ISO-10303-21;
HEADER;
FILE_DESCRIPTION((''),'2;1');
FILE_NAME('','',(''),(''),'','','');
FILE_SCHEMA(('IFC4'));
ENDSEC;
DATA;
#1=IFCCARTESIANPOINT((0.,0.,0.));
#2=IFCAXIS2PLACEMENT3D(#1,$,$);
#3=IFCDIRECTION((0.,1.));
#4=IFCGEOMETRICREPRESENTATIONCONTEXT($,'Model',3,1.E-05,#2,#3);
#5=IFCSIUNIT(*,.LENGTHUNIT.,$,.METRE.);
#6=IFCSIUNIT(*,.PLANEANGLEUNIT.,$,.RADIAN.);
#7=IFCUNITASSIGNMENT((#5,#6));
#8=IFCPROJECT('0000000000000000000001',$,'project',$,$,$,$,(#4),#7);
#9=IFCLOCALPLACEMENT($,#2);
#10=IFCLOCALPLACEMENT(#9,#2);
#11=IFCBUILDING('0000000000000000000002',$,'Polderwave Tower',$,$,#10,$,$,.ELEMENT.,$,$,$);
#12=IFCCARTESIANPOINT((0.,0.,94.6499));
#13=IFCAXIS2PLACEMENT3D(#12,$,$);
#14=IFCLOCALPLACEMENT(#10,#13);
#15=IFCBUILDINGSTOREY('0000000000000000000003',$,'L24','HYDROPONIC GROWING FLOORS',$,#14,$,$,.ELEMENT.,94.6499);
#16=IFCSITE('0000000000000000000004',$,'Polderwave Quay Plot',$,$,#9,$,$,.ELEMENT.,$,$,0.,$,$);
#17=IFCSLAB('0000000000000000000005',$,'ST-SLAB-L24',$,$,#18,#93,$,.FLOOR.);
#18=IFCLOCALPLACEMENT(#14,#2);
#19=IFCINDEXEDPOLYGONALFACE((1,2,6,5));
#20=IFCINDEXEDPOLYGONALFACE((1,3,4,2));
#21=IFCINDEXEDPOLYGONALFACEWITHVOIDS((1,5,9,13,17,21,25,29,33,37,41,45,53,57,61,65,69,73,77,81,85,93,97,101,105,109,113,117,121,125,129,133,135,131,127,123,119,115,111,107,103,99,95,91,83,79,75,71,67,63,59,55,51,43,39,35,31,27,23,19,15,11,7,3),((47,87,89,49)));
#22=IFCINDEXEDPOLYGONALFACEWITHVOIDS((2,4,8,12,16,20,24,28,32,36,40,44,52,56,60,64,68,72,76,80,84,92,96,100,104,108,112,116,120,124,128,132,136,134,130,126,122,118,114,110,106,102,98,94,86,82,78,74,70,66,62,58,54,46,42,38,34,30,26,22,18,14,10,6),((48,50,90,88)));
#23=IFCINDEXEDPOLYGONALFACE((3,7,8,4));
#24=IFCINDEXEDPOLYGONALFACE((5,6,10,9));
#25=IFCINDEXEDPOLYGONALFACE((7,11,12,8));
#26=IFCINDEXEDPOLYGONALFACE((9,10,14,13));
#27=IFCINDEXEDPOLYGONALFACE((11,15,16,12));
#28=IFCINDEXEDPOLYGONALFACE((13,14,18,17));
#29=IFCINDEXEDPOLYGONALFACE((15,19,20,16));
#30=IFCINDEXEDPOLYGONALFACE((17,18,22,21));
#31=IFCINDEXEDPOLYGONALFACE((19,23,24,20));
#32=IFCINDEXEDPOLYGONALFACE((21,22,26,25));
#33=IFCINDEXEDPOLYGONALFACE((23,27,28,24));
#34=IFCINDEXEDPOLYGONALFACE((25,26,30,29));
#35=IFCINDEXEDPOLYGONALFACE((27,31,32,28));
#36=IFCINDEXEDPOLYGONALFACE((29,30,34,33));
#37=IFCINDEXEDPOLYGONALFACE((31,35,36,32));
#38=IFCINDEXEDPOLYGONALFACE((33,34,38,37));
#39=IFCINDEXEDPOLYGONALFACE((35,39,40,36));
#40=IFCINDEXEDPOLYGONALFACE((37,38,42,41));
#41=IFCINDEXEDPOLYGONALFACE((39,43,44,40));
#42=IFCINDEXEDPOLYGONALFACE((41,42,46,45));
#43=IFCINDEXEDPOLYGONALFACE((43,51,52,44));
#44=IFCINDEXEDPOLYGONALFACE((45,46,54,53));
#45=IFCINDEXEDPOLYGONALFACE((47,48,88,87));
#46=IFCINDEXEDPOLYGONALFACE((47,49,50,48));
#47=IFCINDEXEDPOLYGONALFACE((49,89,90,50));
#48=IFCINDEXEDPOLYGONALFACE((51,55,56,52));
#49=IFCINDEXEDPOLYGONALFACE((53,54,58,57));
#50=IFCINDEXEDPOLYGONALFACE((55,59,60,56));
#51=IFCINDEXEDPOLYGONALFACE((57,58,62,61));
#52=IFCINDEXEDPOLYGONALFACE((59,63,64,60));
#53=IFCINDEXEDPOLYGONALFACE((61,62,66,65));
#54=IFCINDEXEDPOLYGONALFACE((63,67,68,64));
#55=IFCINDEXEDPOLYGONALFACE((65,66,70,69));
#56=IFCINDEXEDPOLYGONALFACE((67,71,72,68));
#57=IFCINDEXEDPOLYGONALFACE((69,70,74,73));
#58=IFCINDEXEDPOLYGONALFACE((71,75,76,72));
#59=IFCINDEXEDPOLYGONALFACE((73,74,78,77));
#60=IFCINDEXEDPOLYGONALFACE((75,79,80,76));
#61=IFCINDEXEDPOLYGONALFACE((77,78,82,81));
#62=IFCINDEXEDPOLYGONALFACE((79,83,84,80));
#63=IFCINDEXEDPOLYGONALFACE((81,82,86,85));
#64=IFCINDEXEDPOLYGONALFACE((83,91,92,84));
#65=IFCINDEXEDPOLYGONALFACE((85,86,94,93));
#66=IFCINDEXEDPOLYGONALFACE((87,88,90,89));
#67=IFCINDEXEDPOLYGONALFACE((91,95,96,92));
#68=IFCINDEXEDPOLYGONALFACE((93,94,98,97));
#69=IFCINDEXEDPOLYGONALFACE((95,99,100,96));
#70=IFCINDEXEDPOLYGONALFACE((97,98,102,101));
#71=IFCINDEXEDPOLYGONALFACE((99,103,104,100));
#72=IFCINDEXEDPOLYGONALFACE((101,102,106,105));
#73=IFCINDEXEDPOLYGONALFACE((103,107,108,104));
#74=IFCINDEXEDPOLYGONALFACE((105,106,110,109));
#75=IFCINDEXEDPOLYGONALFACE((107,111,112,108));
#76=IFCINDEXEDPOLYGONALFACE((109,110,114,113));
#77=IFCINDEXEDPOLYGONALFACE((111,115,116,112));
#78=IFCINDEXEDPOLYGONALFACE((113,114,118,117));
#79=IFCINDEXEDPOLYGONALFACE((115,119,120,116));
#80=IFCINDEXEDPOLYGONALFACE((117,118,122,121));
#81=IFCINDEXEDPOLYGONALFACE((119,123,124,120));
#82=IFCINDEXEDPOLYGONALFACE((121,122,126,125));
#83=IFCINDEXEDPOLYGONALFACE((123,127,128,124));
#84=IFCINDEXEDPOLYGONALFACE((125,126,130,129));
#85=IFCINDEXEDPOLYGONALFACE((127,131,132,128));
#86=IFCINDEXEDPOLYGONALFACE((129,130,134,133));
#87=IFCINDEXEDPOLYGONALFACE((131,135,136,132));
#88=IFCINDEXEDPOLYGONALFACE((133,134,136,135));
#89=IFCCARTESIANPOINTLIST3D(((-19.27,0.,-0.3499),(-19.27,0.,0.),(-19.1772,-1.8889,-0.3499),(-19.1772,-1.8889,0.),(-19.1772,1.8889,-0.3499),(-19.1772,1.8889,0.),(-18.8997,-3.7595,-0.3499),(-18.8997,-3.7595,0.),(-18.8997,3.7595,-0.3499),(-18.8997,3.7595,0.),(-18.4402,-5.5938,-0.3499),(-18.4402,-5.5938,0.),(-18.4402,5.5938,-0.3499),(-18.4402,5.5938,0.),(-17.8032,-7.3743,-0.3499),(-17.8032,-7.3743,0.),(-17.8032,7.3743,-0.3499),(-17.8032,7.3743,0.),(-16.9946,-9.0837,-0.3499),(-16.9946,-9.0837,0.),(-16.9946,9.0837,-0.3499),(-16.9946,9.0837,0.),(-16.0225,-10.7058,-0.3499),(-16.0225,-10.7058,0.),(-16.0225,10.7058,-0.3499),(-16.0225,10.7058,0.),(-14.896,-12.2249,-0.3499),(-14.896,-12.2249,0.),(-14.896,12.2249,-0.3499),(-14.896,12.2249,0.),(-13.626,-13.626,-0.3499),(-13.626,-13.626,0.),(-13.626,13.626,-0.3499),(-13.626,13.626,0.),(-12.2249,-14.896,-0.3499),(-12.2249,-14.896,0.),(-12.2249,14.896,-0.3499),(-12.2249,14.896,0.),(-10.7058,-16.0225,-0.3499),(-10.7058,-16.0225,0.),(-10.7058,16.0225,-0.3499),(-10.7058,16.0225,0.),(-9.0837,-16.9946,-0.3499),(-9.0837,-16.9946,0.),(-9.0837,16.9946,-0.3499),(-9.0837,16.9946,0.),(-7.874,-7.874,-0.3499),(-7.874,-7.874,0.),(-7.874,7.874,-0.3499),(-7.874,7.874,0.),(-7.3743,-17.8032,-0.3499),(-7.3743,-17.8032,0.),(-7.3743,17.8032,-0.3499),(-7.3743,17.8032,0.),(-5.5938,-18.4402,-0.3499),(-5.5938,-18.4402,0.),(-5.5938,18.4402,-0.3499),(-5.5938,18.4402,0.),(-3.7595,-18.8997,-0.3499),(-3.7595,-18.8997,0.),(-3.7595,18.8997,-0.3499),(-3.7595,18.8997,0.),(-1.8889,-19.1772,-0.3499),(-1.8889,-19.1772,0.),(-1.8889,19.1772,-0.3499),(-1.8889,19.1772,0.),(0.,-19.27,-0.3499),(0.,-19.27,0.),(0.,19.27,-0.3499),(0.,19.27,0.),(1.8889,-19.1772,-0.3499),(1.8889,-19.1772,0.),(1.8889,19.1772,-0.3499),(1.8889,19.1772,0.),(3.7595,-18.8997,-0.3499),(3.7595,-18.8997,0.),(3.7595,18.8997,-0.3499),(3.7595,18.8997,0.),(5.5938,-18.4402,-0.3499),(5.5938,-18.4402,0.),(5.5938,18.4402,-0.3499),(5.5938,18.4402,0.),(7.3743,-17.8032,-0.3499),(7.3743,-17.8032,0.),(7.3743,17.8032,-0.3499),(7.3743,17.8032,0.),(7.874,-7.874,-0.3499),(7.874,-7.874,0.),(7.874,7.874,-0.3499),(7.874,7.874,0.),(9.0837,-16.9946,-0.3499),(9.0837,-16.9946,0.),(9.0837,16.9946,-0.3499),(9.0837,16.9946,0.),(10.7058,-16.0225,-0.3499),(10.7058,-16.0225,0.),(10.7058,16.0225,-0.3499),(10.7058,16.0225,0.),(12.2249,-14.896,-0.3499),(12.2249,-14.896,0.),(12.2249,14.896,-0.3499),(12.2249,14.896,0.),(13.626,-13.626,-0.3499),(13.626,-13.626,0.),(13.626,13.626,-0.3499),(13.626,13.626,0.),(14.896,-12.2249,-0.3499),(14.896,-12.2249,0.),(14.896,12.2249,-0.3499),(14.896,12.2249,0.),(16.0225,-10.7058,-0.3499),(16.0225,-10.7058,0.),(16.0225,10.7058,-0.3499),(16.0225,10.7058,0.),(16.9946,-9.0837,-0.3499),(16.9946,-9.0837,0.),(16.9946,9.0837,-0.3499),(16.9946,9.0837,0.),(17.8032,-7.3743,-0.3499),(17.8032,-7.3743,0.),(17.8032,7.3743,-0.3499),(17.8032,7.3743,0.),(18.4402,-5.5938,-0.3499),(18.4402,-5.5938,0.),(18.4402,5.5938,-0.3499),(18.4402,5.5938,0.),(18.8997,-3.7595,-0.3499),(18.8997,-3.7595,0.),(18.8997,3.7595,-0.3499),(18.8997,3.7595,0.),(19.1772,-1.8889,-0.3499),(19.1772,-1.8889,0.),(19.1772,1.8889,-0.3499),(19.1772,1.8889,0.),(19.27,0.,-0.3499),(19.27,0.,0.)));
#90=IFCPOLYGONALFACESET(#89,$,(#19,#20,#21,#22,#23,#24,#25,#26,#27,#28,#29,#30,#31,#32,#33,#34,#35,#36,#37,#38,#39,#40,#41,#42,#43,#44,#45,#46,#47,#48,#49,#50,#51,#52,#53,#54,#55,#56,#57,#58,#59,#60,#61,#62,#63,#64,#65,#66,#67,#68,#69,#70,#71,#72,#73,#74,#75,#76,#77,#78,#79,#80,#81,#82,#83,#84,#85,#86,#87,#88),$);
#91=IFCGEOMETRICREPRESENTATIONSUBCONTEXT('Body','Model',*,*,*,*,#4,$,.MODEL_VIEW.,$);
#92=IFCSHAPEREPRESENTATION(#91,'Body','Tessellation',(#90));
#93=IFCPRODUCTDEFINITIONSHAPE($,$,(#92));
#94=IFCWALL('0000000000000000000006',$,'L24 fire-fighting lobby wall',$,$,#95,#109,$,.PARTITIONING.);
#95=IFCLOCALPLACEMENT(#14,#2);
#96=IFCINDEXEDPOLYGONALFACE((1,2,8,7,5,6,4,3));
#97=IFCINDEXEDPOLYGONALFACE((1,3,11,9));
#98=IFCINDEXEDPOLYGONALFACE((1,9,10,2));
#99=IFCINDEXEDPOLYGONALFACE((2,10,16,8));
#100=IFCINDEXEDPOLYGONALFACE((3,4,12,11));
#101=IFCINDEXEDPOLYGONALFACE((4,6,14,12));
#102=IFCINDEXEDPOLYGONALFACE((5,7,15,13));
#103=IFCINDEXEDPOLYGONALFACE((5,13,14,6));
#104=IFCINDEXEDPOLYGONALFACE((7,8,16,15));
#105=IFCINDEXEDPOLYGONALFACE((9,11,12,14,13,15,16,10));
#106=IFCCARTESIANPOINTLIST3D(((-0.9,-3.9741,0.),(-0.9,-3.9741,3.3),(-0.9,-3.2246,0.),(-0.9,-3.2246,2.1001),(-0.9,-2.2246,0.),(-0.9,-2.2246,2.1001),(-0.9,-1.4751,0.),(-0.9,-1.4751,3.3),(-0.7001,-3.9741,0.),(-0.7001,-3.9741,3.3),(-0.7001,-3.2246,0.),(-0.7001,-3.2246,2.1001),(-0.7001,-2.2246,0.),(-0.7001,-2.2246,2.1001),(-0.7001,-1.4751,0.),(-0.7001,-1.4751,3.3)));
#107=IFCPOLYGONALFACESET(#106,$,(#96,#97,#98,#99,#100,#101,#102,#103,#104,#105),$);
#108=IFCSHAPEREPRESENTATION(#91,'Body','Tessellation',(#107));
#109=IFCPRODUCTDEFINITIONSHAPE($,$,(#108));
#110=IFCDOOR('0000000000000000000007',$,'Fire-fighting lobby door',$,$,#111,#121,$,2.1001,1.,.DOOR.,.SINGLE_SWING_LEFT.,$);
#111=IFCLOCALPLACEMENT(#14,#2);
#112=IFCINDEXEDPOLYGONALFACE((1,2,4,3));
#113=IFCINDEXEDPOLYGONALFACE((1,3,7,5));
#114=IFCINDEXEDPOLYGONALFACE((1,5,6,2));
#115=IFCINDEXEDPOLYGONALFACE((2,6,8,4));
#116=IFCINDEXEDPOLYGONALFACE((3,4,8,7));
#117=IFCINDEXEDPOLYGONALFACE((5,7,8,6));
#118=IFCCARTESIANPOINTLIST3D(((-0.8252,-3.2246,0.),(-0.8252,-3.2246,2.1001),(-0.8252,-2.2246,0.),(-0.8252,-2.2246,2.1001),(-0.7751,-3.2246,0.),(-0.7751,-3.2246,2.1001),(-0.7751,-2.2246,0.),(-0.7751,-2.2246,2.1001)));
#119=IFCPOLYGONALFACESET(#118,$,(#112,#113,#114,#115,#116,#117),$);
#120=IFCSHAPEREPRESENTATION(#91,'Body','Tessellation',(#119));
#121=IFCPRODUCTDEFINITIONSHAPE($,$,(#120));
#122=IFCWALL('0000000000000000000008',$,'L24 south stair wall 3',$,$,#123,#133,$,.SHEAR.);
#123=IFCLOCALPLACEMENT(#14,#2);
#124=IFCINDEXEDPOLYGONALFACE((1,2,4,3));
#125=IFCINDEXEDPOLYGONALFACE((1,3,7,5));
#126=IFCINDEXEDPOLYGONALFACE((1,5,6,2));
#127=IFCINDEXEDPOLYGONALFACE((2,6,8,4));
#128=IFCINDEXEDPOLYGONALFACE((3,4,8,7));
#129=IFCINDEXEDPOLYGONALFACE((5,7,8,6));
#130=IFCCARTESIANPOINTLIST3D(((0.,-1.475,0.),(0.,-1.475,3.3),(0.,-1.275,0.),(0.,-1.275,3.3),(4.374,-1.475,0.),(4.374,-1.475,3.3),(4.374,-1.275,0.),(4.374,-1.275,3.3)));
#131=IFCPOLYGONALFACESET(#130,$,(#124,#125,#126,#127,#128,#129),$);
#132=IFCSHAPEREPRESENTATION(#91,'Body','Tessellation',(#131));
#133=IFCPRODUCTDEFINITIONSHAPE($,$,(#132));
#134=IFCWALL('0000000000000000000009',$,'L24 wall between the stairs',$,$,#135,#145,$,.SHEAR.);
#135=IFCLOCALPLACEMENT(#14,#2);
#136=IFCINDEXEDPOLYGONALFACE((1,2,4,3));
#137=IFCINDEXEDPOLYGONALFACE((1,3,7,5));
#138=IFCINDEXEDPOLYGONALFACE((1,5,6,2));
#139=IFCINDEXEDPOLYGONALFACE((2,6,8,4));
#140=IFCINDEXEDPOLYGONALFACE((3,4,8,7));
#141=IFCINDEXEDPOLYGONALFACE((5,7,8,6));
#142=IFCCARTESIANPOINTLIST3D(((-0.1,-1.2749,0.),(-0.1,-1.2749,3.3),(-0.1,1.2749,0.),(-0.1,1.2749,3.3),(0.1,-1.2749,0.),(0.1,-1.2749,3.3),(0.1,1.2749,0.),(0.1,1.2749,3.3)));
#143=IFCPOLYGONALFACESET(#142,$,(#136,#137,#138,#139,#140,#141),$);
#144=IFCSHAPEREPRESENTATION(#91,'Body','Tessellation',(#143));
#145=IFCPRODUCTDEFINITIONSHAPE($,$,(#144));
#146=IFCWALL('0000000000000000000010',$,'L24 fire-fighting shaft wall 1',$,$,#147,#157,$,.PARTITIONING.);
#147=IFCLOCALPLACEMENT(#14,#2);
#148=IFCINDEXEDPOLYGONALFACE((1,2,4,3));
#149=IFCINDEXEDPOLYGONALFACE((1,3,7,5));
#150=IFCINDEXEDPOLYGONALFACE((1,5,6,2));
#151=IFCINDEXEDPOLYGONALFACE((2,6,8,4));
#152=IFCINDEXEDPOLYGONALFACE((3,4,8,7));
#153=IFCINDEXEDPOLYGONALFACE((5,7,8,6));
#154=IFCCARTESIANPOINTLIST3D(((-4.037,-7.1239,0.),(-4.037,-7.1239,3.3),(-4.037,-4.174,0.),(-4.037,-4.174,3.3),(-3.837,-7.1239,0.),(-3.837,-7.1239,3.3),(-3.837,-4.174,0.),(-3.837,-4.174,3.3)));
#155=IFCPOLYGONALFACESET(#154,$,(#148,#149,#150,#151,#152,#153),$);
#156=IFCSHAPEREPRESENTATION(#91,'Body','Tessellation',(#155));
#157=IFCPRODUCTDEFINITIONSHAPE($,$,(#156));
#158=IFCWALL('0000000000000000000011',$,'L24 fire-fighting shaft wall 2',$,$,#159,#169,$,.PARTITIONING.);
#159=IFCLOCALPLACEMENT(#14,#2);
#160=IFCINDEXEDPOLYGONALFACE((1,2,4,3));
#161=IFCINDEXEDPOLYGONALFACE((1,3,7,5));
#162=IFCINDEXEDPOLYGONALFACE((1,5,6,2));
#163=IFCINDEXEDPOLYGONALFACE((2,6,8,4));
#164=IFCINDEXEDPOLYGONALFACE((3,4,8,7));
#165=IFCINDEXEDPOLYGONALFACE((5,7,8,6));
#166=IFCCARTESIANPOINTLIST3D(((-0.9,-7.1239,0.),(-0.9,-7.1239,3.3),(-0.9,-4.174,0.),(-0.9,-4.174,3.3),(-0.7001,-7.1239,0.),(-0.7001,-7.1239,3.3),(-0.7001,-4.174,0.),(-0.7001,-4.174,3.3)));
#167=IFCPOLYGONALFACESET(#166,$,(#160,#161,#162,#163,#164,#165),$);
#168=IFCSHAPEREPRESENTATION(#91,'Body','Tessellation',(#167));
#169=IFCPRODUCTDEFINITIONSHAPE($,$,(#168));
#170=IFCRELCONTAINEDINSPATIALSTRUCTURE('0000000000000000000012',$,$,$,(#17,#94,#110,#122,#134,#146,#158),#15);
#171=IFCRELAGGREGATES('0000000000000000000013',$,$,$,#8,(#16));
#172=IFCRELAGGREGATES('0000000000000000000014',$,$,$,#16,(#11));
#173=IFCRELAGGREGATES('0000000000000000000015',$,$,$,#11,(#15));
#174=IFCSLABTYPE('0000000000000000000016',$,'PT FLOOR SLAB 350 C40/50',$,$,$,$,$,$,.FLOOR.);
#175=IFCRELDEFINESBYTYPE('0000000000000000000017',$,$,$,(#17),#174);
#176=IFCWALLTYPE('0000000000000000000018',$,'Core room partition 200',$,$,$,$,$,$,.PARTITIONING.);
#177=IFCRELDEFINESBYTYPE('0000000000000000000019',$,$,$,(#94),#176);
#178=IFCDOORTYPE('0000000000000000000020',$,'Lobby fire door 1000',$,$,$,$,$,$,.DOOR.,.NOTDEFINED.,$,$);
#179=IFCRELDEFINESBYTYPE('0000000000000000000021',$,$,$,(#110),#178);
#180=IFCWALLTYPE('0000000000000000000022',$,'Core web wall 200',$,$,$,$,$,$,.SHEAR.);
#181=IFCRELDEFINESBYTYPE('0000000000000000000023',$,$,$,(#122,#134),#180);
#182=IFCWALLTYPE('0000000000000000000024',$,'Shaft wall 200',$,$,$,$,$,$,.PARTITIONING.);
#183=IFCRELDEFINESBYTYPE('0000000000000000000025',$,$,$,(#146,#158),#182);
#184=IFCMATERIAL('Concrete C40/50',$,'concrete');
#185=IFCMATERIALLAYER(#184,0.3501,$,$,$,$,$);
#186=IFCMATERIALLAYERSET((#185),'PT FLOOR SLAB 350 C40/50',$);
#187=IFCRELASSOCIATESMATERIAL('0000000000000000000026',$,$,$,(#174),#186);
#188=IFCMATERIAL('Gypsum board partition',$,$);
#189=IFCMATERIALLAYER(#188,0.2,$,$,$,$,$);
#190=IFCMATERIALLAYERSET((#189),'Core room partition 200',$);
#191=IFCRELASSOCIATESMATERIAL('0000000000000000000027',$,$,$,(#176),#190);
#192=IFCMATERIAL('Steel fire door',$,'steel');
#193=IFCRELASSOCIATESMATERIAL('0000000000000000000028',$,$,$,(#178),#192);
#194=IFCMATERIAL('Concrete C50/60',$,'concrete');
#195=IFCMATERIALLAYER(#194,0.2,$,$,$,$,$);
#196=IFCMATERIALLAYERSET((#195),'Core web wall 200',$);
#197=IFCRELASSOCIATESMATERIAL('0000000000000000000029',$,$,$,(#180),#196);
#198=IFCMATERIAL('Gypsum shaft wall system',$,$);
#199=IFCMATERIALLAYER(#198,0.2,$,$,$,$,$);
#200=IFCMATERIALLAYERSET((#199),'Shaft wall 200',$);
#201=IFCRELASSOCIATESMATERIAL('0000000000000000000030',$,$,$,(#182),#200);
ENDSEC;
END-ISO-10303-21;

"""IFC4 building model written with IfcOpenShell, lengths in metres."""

from ifc_helpers import new_model, si_unit, direction, frame, frame_2d, origin, place, context, subcontext, project, spatial, polyline, rectangle, outline, extrude, material, layer, layer_set, type_object, element, fill, save


model = new_model("IFC4")

# Units and contexts
model_context = context("Model", 3, precision=1e-05, world=origin(), true_north=direction((0.0, 1.0)))
body_context = subcontext(model_context, "Body", "Model", "MODEL_VIEW")
ifc_project = project(units=[si_unit("LENGTHUNIT", "METRE"), si_unit("PLANEANGLEUNIT", "RADIAN")], contexts=[model_context])

# Site, building, storey
site_placement = place(None, origin())
site = spatial("IfcSite", under=ifc_project, at=site_placement, Name="Polderwave Quay Plot", CompositionType="ELEMENT", RefElevation=0.0)
building_placement = place(site_placement, origin())
building = spatial("IfcBuilding", under=site, at=building_placement, Name="Polderwave Tower", CompositionType="ELEMENT")
storey_placement = place(building_placement, frame((0.0, 0.0, 94.6499)))
storey = spatial("IfcBuildingStorey", under=building, at=storey_placement, Name="L24", Description="HYDROPONIC GROWING FLOORS", CompositionType="ELEMENT", Elevation=94.6499)

# Slab
ifc_material_1 = material(Name="Concrete C40/50", Category="concrete")
ifc_layer_1 = layer(ifc_material_1, 0.3501)
ifc_layer_set_1 = layer_set([ifc_layer_1], Name="PT FLOOR SLAB 350 C40/50")
slab_type = type_object("IfcSlabType", Name="PT FLOOR SLAB 350 C40/50", PredefinedType="FLOOR", material=ifc_layer_set_1)
slab_placement = place(storey_placement, frame((0.0, 0.0, -0.3499)))
element("IfcSlab", 1, at=slab_placement, inside=storey, type_object=slab_type, Name="ST-SLAB-L24", PredefinedType="FLOOR", context=body_context, shape_type="SweptSolid", body=[
    extrude(outline(polyline([(19.27, 0.0), (19.1772, 1.8889), (18.8997, 3.7595), (18.4402, 5.5938), (17.8032, 7.3743), (16.9946, 9.0837), (16.0225, 10.7058), (14.896, 12.2249), (13.626, 13.626), (12.2249, 14.896), (10.7058, 16.0225), (9.0837, 16.9946), (7.3743, 17.8032), (5.5938, 18.4402), (3.7595, 18.8997), (1.8889, 19.1772), (0.0, 19.27), (-1.8889, 19.1772), (-3.7595, 18.8997), (-5.5938, 18.4402), (-7.3743, 17.8032), (-9.0837, 16.9946), (-10.7058, 16.0225), (-12.2249, 14.896), (-13.626, 13.626), (-14.896, 12.2249), (-16.0225, 10.7058), (-16.9946, 9.0837), (-17.8032, 7.3743), (-18.4402, 5.5938), (-18.8997, 3.7595), (-19.1772, 1.8889), (-19.27, 0.0), (-19.1772, -1.8889), (-18.8997, -3.7595), (-18.4402, -5.5938), (-17.8032, -7.3743), (-16.9946, -9.0837), (-16.0225, -10.7058), (-14.896, -12.2249), (-13.626, -13.626), (-12.2249, -14.896), (-10.7058, -16.0225), (-9.0837, -16.9946), (-7.3743, -17.8032), (-5.5938, -18.4402), (-3.7595, -18.8997), (-1.8889, -19.1772), (0.0, -19.27), (1.8889, -19.1772), (3.7595, -18.8997), (5.5938, -18.4402), (7.3743, -17.8032), (9.0837, -16.9946), (10.7058, -16.0225), (12.2249, -14.896), (13.626, -13.626), (14.896, -12.2249), (16.0225, -10.7058), (16.9946, -9.0837), (17.8032, -7.3743), (18.4402, -5.5938), (18.8997, -3.7595), (19.1772, -1.8889), (19.27, 0.0)]), holes=[polyline([(-7.874, -7.874), (7.874, -7.874), (7.874, 7.874), (-7.874, 7.874), (-7.874, -7.874)])]), origin(), (0.0, 0.0, 1.0), 0.3499),
])

# Wall, opening, door
ifc_material_2 = material(Name="Gypsum board partition")
ifc_layer_2 = layer(ifc_material_2, 0.2)
ifc_layer_set_2 = layer_set([ifc_layer_2], Name="Core room partition 200")
wall_type_1 = type_object("IfcWallType", Name="Core room partition 200", PredefinedType="PARTITIONING", material=ifc_layer_set_2)
wall_1_placement = place(storey_placement, frame((-0.8, -3.9741, 0.0), z_axis=(0.0, 0.0, 1.0), x_axis=(0.0, 1.0, 0.0)))
wall_1 = element("IfcWall", 2, at=wall_1_placement, inside=storey, type_object=wall_type_1, Name="L24 fire-fighting lobby wall", PredefinedType="PARTITIONING", context=body_context, shape_type="SweptSolid", body=[
    extrude(rectangle(XDim=2.499, YDim=0.2, at=frame_2d((1.2495, 0.0))), origin(), (0.0, 0.0, 1.0), 3.3),
])
opening_placement = place(wall_1_placement, frame((0.7495, 0.0, 0.0)))
opening = element("IfcOpeningElement", 3, at=opening_placement, cuts=wall_1, PredefinedType="OPENING", context=body_context, shape_type="SweptSolid", body=[
    extrude(rectangle(XDim=1.0, YDim=2.1001, at=frame_2d((0.5, 1.05))), frame((0.0, 0.1099, 0.0), z_axis=(0.0, -1.0, 0.0), x_axis=(1.0, 0.0, 0.0)), (0.0, 0.0, 1.0), 0.22),
])
ifc_material_3 = material(Name="Steel fire door", Category="steel")
door_type = type_object("IfcDoorType", Name="Lobby fire door 1000", OperationType="NOTDEFINED", PredefinedType="DOOR", material=ifc_material_3)
door_placement = place(opening_placement, frame((1.0, 0.0, 0.0), z_axis=(0.0, 0.0, 1.0), x_axis=(-1.0, 0.0, 0.0)))
door = element("IfcDoor", 4, at=door_placement, inside=storey, type_object=door_type, Name="Fire-fighting lobby door", OperationType="SINGLE_SWING_LEFT", OverallHeight=2.1001, OverallWidth=1.0, PredefinedType="DOOR", context=body_context, shape_type="SweptSolid", body=[
    extrude(rectangle(XDim=1.0, YDim=2.1001, at=frame_2d((0.5, 1.05))), frame((0.0, 0.0249, 0.0), z_axis=(0.0, -1.0, 0.0), x_axis=(1.0, 0.0, 0.0)), (0.0, 0.0, 1.0), 0.05),
])
fill(opening, door)

# Walls
ifc_material_4 = material(Name="Concrete C50/60", Category="concrete")
ifc_layer_3 = layer(ifc_material_4, 0.2)
ifc_layer_set_3 = layer_set([ifc_layer_3], Name="Core web wall 200")
wall_type_2 = type_object("IfcWallType", Name="Core web wall 200", PredefinedType="SHEAR", material=ifc_layer_set_3)
wall_2_placement = place(storey_placement, frame((0.0, -1.375, 0.0), z_axis=(0.0, 0.0, 1.0), x_axis=(1.0, 0.0, 0.0)))
element("IfcWall", 5, at=wall_2_placement, inside=storey, type_object=wall_type_2, Name="L24 south stair wall 3", PredefinedType="SHEAR", context=body_context, shape_type="SweptSolid", body=[
    extrude(rectangle(XDim=4.374, YDim=0.2, at=frame_2d((2.187, 0.0))), origin(), (0.0, 0.0, 1.0), 3.3),
])
wall_3_placement = place(storey_placement, frame((0.0, -1.2749, 0.0), z_axis=(0.0, 0.0, 1.0), x_axis=(0.0, 1.0, 0.0)))
element("IfcWall", 6, at=wall_3_placement, inside=storey, type_object=wall_type_2, Name="L24 wall between the stairs", PredefinedType="SHEAR", context=body_context, shape_type="SweptSolid", body=[
    extrude(rectangle(XDim=2.5498, YDim=0.2, at=frame_2d((1.2749, 0.0))), origin(), (0.0, 0.0, 1.0), 3.3),
])
ifc_material_5 = material(Name="Gypsum shaft wall system")
ifc_layer_4 = layer(ifc_material_5, 0.2)
ifc_layer_set_4 = layer_set([ifc_layer_4], Name="Shaft wall 200")
wall_type_3 = type_object("IfcWallType", Name="Shaft wall 200", PredefinedType="PARTITIONING", material=ifc_layer_set_4)
for number, where, z_axis, x_axis, name in (
    (7, (-3.937, -7.124, 0.0), (0.0, 0.0, 1.0), (0.0, 1.0, 0.0), "L24 fire-fighting shaft wall 1"),
    (8, (-0.8, -7.124, 0.0), (0.0, 0.0, 1.0), (0.0, 1.0, 0.0), "L24 fire-fighting shaft wall 2"),
):
    element("IfcWall", number, at=place(storey_placement, frame(where, z_axis=z_axis, x_axis=x_axis)), inside=storey, type_object=wall_type_3, Name=name, PredefinedType="PARTITIONING", context=body_context, shape_type="SweptSolid", body=[
        extrude(rectangle(XDim=2.95, YDim=0.2, at=frame_2d((1.4751, 0.0))), origin(), (0.0, 0.0, 1.0), 3.3),
    ])

save(model, "model.ifc")
